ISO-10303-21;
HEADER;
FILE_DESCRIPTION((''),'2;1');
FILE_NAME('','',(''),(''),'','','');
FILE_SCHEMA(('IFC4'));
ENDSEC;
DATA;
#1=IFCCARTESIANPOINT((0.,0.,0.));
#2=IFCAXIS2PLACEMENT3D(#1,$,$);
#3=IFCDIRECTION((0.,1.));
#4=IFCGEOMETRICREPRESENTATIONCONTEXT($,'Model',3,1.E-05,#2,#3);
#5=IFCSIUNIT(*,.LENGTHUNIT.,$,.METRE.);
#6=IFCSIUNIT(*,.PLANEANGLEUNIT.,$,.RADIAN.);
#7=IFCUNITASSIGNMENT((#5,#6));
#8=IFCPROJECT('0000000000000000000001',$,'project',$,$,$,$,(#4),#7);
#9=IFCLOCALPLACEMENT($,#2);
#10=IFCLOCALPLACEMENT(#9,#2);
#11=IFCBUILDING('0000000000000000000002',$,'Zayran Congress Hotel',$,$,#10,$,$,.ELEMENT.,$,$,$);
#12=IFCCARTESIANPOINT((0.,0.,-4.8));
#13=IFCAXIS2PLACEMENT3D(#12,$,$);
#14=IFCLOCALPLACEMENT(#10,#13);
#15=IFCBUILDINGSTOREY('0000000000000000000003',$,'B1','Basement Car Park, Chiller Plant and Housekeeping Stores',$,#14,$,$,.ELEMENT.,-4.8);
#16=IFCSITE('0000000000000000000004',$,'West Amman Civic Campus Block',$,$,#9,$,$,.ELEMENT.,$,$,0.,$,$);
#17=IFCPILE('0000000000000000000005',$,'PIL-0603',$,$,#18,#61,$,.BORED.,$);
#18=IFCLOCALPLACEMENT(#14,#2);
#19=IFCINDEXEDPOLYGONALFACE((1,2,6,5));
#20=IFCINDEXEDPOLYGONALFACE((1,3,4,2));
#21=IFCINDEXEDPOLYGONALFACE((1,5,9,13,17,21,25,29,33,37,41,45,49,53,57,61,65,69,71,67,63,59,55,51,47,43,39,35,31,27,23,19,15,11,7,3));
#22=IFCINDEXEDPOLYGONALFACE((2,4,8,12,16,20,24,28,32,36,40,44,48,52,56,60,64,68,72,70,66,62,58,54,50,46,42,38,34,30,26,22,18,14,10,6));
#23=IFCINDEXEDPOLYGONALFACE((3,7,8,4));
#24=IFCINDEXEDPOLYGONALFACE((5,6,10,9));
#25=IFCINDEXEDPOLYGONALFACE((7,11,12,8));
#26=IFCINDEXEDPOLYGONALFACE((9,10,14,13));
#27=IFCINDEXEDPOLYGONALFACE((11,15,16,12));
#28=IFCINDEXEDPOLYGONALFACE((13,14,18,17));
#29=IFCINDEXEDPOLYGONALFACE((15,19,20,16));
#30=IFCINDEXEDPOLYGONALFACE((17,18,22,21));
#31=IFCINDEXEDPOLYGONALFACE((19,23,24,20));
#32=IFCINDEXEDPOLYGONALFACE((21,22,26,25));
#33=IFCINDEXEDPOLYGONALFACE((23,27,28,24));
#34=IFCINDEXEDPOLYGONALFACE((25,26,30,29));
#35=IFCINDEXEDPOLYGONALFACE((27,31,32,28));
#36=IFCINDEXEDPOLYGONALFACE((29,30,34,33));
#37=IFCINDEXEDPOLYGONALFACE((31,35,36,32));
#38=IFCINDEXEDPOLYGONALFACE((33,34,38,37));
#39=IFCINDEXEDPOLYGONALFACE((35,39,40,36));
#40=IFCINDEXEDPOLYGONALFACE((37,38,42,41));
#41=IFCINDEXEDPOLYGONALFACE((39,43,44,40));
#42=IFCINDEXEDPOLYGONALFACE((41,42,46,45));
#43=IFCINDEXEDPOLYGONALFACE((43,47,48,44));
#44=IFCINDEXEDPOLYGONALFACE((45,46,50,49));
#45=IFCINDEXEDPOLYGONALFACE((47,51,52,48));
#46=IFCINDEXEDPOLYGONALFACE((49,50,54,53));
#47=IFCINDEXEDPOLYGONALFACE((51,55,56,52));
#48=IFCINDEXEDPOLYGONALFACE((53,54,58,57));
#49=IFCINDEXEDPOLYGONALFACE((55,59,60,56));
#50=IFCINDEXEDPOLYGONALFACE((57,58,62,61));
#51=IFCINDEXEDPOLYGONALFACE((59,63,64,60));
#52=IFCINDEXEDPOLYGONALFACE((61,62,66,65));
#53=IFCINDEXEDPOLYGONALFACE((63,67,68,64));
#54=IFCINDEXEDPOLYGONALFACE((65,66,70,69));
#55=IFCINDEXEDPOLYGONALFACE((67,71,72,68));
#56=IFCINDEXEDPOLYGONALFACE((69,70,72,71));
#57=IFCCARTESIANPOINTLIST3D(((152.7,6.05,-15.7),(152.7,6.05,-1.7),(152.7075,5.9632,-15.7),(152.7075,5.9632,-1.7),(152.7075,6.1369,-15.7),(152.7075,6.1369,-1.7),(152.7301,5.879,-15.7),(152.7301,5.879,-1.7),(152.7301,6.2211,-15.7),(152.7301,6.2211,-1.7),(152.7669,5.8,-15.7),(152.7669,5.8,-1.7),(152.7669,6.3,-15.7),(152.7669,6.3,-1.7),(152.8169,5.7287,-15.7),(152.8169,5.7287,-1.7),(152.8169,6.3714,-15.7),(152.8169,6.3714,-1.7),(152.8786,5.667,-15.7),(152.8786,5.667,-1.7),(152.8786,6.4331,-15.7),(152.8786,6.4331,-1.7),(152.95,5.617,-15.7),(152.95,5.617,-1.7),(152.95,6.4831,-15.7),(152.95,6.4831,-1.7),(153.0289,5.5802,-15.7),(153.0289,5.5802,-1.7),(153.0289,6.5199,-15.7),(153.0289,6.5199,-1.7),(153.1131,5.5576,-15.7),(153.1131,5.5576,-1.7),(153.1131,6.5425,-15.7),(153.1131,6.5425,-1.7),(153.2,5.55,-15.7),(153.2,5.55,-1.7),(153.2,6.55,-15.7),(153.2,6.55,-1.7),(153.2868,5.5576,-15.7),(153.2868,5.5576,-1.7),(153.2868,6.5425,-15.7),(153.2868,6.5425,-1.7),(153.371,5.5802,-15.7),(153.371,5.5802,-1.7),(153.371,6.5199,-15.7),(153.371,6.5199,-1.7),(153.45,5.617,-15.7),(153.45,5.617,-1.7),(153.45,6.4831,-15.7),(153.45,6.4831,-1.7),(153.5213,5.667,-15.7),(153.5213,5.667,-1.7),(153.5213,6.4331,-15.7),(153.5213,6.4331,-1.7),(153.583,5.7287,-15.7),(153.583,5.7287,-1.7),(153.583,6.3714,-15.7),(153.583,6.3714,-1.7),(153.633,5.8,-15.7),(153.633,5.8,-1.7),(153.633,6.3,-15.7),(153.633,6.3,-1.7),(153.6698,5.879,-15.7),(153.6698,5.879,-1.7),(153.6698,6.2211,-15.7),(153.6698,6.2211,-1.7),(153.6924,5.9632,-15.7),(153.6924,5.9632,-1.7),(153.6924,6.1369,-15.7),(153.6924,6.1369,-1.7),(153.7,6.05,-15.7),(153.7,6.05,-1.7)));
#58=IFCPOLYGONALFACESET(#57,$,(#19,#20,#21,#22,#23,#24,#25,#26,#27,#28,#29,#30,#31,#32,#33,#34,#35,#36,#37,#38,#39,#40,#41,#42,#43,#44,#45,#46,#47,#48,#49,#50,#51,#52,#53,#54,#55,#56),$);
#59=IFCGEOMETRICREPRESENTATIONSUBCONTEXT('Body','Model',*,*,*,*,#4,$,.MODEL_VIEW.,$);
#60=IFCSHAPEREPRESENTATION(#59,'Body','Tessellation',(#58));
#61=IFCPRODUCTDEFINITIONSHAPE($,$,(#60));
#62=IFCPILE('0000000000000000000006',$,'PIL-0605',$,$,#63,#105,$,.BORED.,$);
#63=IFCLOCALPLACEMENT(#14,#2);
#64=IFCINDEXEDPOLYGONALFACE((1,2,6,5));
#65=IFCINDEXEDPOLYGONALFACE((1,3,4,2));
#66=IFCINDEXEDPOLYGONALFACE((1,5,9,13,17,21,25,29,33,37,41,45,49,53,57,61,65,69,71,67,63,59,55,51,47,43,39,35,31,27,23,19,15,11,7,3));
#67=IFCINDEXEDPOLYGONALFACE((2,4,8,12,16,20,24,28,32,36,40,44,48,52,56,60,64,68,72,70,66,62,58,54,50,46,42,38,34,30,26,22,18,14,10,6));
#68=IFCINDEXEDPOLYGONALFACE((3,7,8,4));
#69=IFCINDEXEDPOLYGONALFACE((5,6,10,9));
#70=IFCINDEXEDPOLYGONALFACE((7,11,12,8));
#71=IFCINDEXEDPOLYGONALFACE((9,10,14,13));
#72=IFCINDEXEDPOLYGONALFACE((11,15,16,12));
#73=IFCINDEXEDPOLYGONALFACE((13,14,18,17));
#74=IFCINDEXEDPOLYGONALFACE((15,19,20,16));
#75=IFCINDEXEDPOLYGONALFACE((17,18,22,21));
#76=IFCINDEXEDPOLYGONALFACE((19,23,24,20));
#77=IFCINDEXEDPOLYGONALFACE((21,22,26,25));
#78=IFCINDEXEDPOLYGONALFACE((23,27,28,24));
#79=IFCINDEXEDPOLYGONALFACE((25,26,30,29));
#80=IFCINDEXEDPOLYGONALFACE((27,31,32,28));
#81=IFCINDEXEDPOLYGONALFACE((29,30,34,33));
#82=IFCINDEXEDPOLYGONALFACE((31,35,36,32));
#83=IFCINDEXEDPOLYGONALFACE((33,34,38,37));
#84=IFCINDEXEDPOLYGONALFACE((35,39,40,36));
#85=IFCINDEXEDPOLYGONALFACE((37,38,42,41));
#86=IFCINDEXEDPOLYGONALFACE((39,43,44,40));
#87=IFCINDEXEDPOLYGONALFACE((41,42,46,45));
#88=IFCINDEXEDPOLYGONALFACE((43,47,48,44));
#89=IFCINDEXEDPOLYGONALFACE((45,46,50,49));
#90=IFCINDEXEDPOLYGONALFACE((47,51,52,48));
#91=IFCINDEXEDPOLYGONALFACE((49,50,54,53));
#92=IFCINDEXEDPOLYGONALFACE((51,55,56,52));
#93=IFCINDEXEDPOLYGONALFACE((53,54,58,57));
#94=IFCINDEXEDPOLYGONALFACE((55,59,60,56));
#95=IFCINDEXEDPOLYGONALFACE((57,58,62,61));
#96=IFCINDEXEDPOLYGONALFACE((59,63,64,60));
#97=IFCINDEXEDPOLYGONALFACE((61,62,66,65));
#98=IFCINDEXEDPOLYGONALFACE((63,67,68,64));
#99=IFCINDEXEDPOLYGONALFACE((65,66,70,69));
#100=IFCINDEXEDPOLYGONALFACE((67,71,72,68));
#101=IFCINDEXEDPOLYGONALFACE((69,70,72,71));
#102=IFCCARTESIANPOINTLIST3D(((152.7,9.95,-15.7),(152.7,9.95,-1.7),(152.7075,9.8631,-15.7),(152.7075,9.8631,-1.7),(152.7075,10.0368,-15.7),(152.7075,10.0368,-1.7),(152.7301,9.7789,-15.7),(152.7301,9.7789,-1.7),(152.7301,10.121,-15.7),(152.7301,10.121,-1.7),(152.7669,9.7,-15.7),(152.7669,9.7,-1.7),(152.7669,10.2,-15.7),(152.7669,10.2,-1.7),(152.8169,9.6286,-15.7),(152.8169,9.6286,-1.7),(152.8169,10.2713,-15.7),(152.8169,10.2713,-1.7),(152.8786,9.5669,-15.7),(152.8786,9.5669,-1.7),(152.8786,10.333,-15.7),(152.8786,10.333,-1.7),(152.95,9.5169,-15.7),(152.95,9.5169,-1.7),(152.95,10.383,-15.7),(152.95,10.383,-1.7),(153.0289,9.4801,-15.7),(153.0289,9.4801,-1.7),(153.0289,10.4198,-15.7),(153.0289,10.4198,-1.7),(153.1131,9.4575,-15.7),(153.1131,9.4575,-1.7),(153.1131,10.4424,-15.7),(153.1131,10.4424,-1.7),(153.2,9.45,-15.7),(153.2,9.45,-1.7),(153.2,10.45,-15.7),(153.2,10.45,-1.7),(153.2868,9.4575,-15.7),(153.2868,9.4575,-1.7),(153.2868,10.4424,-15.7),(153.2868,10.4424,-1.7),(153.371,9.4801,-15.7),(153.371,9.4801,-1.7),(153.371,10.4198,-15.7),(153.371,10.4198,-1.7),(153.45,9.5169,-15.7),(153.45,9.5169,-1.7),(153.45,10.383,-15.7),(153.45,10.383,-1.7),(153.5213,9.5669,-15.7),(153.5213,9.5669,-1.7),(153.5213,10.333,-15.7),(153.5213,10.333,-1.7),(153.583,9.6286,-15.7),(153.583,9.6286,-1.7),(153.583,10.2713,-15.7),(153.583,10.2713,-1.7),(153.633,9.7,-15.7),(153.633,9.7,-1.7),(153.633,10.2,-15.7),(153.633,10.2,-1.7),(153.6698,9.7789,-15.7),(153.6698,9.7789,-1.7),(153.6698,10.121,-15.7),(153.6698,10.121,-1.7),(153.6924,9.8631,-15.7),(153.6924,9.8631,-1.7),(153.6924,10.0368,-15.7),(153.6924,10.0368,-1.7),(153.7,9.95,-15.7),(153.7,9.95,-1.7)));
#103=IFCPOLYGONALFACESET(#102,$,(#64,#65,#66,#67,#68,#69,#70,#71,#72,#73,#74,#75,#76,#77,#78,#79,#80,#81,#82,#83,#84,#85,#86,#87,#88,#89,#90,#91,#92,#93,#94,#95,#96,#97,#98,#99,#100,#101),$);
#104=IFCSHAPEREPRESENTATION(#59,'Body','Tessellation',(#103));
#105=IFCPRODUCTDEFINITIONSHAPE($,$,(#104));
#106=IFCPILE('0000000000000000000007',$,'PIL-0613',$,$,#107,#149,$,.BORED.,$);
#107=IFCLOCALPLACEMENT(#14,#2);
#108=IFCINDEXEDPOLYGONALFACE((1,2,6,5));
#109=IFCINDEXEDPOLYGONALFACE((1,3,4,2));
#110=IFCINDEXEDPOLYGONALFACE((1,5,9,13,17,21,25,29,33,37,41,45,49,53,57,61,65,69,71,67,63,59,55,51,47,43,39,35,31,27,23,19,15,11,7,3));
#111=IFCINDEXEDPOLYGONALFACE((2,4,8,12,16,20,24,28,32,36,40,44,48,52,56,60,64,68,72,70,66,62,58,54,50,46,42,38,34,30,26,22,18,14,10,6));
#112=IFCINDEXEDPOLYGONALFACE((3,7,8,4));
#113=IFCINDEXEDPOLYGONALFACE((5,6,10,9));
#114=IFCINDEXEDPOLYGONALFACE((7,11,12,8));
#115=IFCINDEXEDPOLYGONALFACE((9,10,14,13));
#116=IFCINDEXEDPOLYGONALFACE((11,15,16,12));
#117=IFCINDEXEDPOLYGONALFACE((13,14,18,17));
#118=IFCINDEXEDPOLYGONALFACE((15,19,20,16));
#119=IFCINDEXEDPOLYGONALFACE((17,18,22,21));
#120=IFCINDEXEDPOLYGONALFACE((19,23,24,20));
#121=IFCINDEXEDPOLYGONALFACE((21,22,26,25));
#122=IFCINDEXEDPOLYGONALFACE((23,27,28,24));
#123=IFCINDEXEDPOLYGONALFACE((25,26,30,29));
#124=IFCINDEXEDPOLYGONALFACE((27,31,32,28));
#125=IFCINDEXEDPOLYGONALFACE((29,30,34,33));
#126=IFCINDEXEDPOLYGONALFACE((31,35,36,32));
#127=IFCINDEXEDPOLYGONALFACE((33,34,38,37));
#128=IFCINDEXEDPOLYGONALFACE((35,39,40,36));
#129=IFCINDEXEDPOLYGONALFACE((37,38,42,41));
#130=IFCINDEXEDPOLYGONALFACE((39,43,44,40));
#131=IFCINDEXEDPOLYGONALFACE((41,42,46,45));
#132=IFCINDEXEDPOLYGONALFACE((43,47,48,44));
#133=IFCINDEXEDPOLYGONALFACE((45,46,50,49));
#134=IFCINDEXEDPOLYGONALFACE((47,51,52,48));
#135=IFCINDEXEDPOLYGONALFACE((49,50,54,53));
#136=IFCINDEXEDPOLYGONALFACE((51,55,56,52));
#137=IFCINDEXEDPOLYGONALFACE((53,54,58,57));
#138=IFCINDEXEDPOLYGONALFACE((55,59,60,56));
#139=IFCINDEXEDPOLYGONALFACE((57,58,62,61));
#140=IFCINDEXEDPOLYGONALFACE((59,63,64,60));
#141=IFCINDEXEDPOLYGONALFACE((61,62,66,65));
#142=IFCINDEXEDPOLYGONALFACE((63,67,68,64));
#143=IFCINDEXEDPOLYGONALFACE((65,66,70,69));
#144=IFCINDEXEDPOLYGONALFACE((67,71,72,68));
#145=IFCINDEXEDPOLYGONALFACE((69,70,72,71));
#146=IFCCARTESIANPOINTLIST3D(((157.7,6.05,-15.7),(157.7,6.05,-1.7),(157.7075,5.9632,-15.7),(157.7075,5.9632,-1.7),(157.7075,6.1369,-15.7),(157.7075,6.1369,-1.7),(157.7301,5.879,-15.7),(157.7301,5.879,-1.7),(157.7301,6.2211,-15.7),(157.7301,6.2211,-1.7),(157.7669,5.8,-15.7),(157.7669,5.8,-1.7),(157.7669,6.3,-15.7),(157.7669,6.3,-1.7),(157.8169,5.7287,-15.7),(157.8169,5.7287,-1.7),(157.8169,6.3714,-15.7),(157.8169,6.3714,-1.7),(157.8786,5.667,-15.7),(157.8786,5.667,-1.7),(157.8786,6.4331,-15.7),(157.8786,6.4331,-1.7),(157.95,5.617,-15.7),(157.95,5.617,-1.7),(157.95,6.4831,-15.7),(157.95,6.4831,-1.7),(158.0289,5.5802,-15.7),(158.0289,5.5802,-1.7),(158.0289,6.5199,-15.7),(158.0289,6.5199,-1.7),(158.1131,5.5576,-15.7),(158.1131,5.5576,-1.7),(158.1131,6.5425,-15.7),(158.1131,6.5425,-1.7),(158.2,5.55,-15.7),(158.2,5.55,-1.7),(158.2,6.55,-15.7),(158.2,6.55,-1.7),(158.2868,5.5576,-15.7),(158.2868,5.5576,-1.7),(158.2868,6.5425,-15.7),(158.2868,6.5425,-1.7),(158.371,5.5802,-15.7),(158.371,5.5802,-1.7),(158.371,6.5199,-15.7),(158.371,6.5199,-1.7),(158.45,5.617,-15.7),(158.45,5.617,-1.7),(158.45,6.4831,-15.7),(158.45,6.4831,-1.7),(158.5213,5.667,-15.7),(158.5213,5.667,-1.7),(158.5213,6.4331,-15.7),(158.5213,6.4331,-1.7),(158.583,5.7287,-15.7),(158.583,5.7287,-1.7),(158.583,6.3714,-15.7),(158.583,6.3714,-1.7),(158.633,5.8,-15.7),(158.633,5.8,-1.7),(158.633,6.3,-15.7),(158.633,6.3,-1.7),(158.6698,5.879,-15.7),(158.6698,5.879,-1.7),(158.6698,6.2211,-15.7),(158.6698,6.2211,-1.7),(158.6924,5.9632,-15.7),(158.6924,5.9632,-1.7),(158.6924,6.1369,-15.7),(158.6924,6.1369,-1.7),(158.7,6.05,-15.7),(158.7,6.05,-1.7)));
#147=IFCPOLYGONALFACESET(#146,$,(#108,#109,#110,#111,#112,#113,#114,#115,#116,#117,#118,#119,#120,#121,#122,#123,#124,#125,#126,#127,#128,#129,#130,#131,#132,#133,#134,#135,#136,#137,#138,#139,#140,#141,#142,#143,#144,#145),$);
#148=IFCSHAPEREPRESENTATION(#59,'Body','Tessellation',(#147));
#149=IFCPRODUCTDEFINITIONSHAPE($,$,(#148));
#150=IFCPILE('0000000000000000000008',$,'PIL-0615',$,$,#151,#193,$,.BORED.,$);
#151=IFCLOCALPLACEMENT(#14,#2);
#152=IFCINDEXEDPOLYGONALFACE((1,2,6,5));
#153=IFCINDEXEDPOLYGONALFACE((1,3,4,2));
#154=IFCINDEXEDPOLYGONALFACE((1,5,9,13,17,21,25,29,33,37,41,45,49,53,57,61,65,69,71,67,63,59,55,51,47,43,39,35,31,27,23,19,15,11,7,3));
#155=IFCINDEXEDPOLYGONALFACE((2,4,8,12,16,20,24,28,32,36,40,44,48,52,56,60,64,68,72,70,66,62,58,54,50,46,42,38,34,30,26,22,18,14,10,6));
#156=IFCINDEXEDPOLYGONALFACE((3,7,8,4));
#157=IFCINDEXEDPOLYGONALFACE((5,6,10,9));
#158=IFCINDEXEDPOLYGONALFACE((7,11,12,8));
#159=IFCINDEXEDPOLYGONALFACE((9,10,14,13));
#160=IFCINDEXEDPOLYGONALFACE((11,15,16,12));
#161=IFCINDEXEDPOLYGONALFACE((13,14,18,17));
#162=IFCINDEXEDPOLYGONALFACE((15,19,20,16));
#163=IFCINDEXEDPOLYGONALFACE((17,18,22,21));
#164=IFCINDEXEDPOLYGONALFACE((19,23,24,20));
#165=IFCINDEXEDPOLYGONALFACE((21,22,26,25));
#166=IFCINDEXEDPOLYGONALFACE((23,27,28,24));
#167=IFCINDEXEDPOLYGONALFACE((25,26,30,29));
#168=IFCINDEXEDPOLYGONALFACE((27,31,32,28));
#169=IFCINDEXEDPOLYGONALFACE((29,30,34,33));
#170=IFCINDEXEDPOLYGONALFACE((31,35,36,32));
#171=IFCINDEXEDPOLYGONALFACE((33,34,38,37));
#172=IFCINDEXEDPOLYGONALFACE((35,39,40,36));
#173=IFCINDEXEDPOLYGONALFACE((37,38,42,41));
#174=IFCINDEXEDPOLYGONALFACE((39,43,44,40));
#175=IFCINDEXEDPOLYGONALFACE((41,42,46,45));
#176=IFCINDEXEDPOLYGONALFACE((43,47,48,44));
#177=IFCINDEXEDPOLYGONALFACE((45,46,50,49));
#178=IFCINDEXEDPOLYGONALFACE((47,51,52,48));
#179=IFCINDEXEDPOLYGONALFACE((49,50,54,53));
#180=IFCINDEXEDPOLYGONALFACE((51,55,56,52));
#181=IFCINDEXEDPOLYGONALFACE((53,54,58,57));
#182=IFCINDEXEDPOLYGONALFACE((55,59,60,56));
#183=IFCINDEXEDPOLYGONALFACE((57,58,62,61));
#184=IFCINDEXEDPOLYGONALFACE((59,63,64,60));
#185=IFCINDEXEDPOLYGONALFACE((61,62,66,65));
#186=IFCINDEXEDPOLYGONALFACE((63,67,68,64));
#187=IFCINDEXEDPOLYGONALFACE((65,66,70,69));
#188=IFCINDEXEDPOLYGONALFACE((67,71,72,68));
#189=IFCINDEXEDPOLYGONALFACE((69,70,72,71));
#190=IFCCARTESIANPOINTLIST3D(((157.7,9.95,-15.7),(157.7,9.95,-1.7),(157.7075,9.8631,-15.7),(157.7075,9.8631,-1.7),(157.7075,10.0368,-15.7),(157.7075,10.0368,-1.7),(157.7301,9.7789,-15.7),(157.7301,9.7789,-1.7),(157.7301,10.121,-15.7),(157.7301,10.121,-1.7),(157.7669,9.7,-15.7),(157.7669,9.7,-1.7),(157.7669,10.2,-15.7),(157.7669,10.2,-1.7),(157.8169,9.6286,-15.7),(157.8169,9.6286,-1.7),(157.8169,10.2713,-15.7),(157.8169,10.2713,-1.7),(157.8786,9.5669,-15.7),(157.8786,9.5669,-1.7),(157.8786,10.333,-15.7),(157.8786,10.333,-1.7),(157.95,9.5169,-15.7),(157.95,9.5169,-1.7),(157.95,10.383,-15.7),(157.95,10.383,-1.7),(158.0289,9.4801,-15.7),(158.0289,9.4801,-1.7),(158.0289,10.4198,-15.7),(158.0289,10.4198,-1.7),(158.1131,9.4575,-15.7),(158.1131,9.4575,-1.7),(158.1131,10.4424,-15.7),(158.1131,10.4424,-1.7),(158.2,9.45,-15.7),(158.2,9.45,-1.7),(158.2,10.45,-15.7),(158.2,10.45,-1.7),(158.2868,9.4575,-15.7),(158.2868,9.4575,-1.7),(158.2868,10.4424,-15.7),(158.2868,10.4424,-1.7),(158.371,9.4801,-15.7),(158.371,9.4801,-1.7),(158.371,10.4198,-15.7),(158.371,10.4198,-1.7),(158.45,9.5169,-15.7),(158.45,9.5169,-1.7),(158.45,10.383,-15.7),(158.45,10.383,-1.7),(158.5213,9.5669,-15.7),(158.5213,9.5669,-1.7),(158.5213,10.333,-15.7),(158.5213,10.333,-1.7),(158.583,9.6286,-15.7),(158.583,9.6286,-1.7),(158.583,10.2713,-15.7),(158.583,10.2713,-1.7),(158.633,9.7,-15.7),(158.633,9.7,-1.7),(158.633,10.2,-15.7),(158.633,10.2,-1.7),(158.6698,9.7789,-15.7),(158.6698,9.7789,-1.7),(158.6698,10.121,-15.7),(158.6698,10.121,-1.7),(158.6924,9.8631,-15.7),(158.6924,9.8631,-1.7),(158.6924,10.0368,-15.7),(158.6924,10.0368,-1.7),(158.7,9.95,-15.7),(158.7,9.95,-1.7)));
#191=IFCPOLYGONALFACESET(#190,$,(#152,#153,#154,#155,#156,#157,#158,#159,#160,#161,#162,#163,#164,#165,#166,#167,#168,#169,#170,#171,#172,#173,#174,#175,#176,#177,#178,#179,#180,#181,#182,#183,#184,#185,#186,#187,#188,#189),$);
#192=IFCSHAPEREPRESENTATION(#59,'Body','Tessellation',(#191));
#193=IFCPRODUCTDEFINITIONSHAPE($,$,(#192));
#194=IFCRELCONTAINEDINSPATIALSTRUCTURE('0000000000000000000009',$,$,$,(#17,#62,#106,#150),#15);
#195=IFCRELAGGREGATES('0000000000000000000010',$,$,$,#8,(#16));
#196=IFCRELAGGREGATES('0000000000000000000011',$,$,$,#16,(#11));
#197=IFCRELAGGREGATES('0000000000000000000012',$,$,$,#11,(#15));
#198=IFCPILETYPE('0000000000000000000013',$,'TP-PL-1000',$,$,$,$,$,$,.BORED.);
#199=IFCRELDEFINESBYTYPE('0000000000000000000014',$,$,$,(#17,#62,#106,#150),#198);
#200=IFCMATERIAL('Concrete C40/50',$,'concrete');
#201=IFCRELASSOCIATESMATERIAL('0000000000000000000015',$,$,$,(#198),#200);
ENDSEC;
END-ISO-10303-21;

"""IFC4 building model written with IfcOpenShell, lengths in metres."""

from ifc_helpers import new_model, si_unit, direction, frame, origin, origin_2d, place, context, subcontext, project, spatial, circle, extrude, material, material_profile, profile_set, type_object, element, save


model = new_model("IFC4")

# Units and contexts
model_context = context("Model", 3, precision=1e-05, world=origin(), true_north=direction((0.0, 1.0)))
body_context = subcontext(model_context, "Body", "Model", "MODEL_VIEW")
ifc_project = project(units=[si_unit("LENGTHUNIT", "METRE"), si_unit("PLANEANGLEUNIT", "RADIAN")], contexts=[model_context])

# Site, building, storey
site_placement = place(None, origin())
site = spatial("IfcSite", under=ifc_project, at=site_placement, Name="West Amman Civic Campus Block", CompositionType="ELEMENT", RefElevation=0.0)
building_placement = place(site_placement, origin())
building = spatial("IfcBuilding", under=site, at=building_placement, Name="Zayran Congress Hotel", CompositionType="ELEMENT")
storey_placement = place(building_placement, frame((0.0, 0.0, -4.8)))
storey = spatial("IfcBuildingStorey", under=building, at=storey_placement, Name="B1", Description="Basement Car Park, Chiller Plant and Housekeeping Stores", CompositionType="ELEMENT", Elevation=-4.8)

# Piles
ifc_material = material(Name="Concrete C40/50", Category="concrete")
ifc_material_profile_1 = material_profile(ifc_material, circle(Radius=0.5, at=origin_2d()), Name="PILE D1000")
ifc_profile_set_1 = profile_set([ifc_material_profile_1], Name="Concrete C40/50")
pile_type_1 = type_object("IfcPileType", Name="TP-PL-1000", PredefinedType="BORED", material=ifc_profile_set_1)
for number, where, z_axis, x_axis, name in (
    (1, (153.2, 6.05, -1.7), (0.0, 0.0, -1.0), (1.0, 0.0, 0.0), "PIL-0603"),
    (2, (153.2, 9.95, -1.7), (0.0, 0.0, -1.0), (1.0, 0.0, 0.0), "PIL-0605"),
    (3, (158.2, 6.05, -1.7), (0.0, 0.0, -1.0), (1.0, 0.0, 0.0), "PIL-0613"),
    (4, (158.2, 9.95, -1.7), (0.0, 0.0, -1.0), (1.0, 0.0, 0.0), "PIL-0615"),
):
    element("IfcPile", number, at=place(storey_placement, frame(where, z_axis=z_axis, x_axis=x_axis)), inside=storey, type_object=pile_type_1, Name=name, PredefinedType="BORED", context=body_context, shape_type="SweptSolid", body=[
        extrude(circle(Radius=0.5, at=origin_2d()), origin(), (0.0, 0.0, 1.0), 14.0),
    ])

save(model, "model.ifc")
